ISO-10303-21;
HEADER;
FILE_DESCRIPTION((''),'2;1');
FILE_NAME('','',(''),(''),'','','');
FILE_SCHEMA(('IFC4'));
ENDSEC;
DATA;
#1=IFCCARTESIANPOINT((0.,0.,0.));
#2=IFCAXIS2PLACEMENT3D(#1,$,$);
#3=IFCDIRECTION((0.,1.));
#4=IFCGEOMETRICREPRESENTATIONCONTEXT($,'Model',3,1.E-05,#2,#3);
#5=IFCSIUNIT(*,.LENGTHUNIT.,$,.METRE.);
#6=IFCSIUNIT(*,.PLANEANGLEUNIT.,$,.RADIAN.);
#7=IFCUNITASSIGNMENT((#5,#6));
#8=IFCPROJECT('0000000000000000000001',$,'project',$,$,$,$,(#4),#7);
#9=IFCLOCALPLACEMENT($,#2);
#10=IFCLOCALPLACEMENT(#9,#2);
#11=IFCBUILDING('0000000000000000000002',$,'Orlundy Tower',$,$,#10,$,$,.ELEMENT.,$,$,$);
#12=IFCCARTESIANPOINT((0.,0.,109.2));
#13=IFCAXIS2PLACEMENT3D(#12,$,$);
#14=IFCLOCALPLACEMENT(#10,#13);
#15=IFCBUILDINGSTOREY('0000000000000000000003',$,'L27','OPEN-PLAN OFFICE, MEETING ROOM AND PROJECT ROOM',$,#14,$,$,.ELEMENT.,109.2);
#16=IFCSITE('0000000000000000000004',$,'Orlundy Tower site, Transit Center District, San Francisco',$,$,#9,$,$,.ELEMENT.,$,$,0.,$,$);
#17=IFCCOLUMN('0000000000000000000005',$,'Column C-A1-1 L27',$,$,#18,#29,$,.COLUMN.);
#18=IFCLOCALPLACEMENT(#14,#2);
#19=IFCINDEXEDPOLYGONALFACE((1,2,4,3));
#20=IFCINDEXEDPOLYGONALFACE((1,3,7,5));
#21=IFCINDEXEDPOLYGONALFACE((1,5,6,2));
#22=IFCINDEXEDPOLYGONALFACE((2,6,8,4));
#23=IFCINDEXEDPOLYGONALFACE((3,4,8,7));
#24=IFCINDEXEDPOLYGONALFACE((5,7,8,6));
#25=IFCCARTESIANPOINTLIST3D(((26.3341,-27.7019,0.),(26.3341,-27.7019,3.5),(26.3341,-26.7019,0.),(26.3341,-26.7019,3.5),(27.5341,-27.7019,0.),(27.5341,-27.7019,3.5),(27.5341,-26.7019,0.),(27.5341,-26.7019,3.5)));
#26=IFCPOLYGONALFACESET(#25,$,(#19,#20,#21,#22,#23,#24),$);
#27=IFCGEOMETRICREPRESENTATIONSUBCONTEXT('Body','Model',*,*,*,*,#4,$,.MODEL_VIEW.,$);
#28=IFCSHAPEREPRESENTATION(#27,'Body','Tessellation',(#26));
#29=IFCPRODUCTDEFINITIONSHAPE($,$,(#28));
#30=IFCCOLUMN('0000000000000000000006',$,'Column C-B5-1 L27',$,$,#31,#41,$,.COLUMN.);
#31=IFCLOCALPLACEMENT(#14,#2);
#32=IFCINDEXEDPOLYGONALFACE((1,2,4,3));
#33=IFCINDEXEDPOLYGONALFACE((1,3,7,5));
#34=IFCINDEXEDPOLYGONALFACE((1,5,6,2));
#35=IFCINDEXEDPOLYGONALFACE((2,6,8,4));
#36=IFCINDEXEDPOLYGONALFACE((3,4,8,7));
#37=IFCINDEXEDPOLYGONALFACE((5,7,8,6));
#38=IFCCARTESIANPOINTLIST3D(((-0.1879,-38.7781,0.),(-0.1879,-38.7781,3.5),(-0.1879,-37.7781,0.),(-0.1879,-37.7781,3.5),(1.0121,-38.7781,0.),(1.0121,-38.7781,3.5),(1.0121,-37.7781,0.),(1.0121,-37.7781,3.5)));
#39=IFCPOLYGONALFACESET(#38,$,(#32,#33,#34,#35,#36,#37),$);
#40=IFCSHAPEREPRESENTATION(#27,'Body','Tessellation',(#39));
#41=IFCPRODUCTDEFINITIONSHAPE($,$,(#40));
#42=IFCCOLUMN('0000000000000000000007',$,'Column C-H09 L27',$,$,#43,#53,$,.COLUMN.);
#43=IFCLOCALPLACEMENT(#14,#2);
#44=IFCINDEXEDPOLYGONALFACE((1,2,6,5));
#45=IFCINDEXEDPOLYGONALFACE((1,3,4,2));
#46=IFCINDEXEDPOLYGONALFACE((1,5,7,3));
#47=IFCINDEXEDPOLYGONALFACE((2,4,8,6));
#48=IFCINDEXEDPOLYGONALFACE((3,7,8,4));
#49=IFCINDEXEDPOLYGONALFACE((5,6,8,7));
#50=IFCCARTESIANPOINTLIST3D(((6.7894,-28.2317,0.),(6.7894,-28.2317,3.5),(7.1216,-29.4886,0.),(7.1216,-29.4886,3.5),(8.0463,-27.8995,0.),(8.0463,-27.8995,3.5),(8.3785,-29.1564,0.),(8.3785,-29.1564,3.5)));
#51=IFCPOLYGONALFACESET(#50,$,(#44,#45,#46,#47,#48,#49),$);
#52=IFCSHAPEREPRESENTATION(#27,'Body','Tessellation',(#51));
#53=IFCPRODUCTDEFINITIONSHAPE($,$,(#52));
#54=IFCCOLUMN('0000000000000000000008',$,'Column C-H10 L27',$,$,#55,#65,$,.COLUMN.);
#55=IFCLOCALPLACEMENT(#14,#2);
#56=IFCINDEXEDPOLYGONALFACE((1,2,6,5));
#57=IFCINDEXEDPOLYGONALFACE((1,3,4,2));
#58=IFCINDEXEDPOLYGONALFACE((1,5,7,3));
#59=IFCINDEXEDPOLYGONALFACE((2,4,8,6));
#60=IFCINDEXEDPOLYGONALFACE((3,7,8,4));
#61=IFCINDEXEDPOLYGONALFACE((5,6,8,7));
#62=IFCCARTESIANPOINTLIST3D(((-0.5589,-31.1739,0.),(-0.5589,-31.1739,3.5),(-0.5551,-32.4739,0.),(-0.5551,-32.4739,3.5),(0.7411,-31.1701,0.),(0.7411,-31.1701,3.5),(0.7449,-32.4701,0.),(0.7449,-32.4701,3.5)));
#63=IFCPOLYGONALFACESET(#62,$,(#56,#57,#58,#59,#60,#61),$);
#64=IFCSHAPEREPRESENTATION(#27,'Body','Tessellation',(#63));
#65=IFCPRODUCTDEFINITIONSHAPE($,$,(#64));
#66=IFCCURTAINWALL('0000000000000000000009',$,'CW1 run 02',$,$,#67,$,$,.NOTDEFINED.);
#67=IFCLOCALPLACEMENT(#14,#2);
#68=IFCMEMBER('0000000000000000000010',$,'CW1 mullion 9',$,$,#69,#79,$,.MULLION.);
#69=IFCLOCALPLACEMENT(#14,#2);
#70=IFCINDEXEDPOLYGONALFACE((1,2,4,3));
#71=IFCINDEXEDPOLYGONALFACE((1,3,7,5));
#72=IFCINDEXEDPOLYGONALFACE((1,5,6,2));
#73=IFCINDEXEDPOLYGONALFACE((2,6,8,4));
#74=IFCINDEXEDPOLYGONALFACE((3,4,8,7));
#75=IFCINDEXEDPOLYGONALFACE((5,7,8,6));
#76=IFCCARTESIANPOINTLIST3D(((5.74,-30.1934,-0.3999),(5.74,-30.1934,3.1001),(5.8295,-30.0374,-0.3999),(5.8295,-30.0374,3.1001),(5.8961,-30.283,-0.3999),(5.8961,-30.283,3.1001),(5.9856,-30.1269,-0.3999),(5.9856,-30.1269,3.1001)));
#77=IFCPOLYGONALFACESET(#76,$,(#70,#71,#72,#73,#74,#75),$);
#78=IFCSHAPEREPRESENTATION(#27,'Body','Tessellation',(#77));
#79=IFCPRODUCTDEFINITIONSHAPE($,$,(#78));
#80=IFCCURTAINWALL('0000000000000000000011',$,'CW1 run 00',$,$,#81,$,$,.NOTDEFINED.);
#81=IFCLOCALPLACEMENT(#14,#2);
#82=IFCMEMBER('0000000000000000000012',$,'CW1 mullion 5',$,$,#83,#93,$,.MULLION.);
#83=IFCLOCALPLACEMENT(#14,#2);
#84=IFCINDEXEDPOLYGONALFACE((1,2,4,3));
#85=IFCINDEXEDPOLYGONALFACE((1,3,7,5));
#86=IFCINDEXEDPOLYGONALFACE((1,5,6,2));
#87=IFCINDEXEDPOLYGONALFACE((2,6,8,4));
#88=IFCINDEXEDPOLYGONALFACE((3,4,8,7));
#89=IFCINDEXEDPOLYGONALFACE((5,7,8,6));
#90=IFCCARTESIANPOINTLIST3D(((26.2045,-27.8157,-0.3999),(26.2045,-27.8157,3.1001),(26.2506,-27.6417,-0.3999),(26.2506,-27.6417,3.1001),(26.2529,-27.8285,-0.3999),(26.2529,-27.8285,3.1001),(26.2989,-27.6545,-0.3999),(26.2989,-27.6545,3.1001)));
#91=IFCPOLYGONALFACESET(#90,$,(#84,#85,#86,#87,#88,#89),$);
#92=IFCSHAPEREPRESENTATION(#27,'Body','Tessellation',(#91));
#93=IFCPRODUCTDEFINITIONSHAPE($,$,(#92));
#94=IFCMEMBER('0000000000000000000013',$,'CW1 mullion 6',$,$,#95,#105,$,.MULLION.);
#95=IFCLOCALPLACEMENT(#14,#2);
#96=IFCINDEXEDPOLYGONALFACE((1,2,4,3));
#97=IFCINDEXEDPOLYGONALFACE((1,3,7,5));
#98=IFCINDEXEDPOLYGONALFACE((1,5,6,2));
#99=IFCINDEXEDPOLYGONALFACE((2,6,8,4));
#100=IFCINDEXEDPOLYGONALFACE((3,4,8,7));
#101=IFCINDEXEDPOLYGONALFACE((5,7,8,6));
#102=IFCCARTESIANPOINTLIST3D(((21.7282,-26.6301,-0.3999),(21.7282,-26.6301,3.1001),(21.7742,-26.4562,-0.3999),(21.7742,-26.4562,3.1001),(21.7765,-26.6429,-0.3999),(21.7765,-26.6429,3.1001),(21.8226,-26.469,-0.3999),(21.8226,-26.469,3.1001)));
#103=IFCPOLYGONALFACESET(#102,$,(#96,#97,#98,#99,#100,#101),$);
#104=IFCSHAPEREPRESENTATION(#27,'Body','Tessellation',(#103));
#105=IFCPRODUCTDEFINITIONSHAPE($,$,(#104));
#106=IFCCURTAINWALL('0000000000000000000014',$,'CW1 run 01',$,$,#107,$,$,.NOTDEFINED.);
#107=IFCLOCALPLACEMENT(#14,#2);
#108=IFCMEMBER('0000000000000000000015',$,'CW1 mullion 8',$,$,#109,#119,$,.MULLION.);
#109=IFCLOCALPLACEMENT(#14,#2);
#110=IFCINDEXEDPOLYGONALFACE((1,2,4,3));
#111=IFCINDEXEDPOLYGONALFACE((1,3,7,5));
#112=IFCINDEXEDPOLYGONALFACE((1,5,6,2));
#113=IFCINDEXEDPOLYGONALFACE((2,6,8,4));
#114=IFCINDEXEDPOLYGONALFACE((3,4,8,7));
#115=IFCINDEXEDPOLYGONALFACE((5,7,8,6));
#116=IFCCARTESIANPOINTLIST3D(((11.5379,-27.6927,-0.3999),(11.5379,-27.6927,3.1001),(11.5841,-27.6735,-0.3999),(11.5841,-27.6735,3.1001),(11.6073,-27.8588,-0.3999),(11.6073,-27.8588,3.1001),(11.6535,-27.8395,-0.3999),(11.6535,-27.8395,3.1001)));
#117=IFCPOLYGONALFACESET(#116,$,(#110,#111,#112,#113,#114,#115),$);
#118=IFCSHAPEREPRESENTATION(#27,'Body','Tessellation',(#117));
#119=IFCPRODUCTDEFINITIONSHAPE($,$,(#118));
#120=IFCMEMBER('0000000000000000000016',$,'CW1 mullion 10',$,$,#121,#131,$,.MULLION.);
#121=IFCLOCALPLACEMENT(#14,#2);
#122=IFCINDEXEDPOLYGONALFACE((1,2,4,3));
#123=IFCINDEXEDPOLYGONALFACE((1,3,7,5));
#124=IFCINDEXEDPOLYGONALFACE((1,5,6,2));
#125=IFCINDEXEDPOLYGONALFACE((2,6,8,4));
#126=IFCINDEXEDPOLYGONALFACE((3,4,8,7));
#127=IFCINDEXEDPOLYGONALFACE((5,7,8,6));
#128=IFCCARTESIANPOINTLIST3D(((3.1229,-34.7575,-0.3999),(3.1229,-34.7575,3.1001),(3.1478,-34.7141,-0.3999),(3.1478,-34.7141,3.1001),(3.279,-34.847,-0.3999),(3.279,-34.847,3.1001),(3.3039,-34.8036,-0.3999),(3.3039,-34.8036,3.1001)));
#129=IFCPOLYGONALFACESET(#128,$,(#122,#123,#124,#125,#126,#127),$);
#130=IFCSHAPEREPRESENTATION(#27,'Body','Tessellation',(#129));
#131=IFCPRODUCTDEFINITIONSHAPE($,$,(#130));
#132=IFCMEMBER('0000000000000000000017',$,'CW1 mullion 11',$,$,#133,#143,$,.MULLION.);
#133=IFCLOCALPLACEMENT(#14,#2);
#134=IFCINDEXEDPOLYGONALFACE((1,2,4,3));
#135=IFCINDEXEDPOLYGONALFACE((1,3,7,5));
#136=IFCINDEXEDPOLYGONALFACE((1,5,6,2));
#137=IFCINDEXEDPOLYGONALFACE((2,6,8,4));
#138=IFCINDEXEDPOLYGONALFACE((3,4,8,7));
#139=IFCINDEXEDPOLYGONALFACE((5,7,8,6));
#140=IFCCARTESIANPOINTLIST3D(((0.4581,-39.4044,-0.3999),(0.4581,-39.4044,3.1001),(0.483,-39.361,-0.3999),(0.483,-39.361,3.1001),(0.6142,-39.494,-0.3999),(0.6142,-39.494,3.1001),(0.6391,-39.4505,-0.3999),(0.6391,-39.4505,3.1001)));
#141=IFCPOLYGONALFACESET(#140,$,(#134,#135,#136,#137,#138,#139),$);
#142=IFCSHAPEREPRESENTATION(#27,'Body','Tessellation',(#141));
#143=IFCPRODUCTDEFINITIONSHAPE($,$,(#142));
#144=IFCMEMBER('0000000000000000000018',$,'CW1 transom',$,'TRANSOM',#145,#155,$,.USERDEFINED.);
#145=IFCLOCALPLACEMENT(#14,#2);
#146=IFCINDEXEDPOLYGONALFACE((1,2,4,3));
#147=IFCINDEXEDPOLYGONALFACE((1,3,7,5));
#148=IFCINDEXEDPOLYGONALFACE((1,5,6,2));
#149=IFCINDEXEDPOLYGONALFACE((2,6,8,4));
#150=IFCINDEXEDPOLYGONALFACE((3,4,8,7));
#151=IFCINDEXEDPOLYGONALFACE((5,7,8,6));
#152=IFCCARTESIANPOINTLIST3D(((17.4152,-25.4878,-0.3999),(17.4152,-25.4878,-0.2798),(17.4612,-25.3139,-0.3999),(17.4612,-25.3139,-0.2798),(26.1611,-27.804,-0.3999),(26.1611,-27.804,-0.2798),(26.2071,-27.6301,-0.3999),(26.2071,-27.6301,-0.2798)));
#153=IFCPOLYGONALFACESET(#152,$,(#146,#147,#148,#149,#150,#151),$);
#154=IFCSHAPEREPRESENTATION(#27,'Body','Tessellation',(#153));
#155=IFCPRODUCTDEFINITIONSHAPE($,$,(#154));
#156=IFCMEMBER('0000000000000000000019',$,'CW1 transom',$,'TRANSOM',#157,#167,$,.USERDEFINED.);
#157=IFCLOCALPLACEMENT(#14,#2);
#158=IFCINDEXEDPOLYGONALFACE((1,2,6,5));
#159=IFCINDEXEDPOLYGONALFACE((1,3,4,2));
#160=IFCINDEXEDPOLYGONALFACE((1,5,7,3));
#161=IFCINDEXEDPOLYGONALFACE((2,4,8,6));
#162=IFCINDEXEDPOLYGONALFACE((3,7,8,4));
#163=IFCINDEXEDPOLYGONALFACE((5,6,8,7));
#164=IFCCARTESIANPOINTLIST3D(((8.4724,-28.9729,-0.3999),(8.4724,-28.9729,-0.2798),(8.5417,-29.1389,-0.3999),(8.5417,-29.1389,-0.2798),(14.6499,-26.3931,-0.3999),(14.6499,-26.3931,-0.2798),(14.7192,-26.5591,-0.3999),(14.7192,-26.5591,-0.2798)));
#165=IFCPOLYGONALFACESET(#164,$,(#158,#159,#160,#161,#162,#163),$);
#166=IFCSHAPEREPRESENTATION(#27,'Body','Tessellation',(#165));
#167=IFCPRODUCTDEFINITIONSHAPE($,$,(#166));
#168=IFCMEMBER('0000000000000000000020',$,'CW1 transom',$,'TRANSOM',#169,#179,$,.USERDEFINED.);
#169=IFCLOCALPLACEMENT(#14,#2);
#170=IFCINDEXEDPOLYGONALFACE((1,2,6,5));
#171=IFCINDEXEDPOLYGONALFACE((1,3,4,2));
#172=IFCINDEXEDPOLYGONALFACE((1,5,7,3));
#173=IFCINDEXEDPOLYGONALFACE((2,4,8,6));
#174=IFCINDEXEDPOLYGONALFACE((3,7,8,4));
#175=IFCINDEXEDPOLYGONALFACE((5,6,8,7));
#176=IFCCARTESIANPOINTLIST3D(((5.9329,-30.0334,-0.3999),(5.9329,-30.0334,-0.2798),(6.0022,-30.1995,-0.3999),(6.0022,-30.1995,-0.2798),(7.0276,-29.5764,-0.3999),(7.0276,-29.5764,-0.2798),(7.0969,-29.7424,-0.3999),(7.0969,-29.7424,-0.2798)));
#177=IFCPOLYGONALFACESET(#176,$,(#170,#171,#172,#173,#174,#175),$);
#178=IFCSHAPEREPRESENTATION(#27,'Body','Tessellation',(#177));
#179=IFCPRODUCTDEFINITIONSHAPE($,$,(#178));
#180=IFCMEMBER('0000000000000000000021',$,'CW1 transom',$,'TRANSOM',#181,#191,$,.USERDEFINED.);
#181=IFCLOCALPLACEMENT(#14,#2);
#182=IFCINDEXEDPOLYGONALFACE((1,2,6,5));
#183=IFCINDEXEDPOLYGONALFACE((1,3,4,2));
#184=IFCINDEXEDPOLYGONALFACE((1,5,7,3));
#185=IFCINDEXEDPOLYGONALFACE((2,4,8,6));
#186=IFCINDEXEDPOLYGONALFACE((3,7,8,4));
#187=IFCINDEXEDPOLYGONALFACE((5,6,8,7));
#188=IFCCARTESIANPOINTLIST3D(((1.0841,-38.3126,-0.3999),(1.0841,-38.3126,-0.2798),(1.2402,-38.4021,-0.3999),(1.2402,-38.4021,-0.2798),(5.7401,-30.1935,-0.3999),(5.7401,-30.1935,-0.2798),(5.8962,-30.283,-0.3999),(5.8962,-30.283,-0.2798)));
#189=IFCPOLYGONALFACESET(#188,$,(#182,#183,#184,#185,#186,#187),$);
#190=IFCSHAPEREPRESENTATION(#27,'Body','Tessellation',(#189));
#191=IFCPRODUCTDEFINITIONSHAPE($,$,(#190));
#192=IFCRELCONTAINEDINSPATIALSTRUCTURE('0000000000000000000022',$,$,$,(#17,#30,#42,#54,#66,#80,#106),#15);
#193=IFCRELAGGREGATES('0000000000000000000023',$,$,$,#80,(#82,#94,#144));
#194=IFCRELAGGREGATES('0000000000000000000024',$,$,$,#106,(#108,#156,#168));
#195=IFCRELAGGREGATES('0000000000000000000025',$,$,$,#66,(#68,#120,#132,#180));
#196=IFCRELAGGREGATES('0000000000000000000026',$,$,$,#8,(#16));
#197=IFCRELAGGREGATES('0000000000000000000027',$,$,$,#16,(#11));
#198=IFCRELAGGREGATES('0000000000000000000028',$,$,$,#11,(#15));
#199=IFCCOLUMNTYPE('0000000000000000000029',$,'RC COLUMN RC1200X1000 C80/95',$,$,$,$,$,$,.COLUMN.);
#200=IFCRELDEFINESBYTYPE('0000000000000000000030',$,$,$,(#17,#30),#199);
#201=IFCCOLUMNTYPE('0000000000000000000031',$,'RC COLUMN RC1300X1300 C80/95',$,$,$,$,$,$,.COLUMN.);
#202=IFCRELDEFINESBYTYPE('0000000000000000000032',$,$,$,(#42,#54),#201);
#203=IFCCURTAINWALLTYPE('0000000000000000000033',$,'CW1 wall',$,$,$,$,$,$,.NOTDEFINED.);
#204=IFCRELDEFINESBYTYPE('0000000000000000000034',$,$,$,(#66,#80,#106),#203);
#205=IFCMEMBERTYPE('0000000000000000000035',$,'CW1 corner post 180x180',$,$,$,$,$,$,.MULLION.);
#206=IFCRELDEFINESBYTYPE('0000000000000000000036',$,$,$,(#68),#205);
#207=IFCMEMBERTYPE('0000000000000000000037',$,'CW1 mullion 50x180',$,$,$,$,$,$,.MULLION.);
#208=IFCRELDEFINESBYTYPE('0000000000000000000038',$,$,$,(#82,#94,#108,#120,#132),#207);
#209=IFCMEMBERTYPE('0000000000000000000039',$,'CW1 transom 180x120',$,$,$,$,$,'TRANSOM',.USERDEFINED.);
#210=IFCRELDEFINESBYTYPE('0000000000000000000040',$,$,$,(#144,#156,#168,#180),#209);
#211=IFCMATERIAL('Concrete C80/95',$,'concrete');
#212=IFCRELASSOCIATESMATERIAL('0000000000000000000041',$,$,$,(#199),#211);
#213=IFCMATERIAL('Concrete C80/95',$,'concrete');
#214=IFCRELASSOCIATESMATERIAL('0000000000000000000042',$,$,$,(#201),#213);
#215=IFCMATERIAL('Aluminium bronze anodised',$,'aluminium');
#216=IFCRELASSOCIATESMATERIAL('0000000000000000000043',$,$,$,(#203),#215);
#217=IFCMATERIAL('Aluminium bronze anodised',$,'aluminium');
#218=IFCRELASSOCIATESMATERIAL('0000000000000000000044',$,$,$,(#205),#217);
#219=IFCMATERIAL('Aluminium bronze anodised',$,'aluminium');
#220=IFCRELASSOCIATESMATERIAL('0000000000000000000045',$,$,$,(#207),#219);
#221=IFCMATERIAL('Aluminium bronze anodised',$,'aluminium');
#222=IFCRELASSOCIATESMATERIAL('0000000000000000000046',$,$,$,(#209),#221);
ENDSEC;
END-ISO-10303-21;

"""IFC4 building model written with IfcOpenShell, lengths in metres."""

from ifc_helpers import new_model, si_unit, direction, frame, origin, origin_2d, place, context, subcontext, project, spatial, rectangle, extrude, material, material_profile, profile_set, type_object, element, aggregate, save


model = new_model("IFC4")

# Units and contexts
model_context = context("Model", 3, precision=1e-05, world=origin(), true_north=direction((0.0, 1.0)))
body_context = subcontext(model_context, "Body", "Model", "MODEL_VIEW")
ifc_project = project(units=[si_unit("LENGTHUNIT", "METRE"), si_unit("PLANEANGLEUNIT", "RADIAN")], contexts=[model_context])

# Site, building, storey
site_placement = place(None, origin())
site = spatial("IfcSite", under=ifc_project, at=site_placement, Name="Orlundy Tower site, Transit Center District, San Francisco", CompositionType="ELEMENT", RefElevation=0.0)
building_placement = place(site_placement, origin())
building = spatial("IfcBuilding", under=site, at=building_placement, Name="Orlundy Tower", CompositionType="ELEMENT")
storey_placement = place(building_placement, frame((0.0, 0.0, 109.2)))
storey = spatial("IfcBuildingStorey", under=building, at=storey_placement, Name="L27", Description="OPEN-PLAN OFFICE, MEETING ROOM AND PROJECT ROOM", CompositionType="ELEMENT", Elevation=109.2)

# Columns
ifc_material_1 = material(Name="Concrete C80/95", Category="concrete")
ifc_material_profile_1 = material_profile(ifc_material_1, rectangle(XDim=1.2, YDim=1.0, at=origin_2d()), Name="RC1200X1000")
ifc_profile_set_1 = profile_set([ifc_material_profile_1], Name="Concrete C80/95")
column_type_1 = type_object("IfcColumnType", Name="RC COLUMN RC1200X1000 C80/95", PredefinedType="COLUMN", material=ifc_profile_set_1)
for number, where, z_axis, x_axis, name in (
    (1, (26.9341, -27.2019, 0.0), (0.0, 0.0, 1.0), (1.0, 0.0, 0.0), "Column C-A1-1 L27"),
    (2, (0.4121, -38.2781, 0.0), (0.0, 0.0, 1.0), (1.0, 0.0, 0.0), "Column C-B5-1 L27"),
):
    element("IfcColumn", number, at=place(storey_placement, frame(where, z_axis=z_axis, x_axis=x_axis)), inside=storey, type_object=column_type_1, Name=name, PredefinedType="COLUMN", context=body_context, shape_type="SweptSolid", body=[
        extrude(rectangle(XDim=1.2, YDim=1.0, at=origin_2d()), origin(), (0.0, 0.0, 1.0), 3.5),
    ])
ifc_material_2 = material(Name="Concrete C80/95", Category="concrete")
ifc_material_profile_2 = material_profile(ifc_material_2, rectangle(XDim=1.3, YDim=1.3, at=origin_2d()), Name="RC1300X1300")
ifc_profile_set_2 = profile_set([ifc_material_profile_2], Name="Concrete C80/95")
column_type_2 = type_object("IfcColumnType", Name="RC COLUMN RC1300X1300 C80/95", PredefinedType="COLUMN", material=ifc_profile_set_2)
for number, where, z_axis, x_axis, name in (
    (3, (7.584, -28.6941, 0.0), (0.0, 0.0, 1.0), (0.25553, -0.966801, 0.0), "Column C-H09 L27"),
    (4, (0.093, -31.822, 0.0), (0.0, 0.0, 1.0), (0.002915, -0.999996, 0.0), "Column C-H10 L27"),
):
    element("IfcColumn", number, at=place(storey_placement, frame(where, z_axis=z_axis, x_axis=x_axis)), inside=storey, type_object=column_type_2, Name=name, PredefinedType="COLUMN", context=body_context, shape_type="SweptSolid", body=[
        extrude(rectangle(XDim=1.3, YDim=1.3, at=origin_2d()), origin(), (0.0, 0.0, 1.0), 3.5),
    ])

# Curtain wall, member
ifc_material_3 = material(Name="Aluminium bronze anodised", Category="aluminium")
curtain_wall_type = type_object("IfcCurtainWallType", Name="CW1 wall", PredefinedType="NOTDEFINED", material=ifc_material_3)
curtain_wall_1_placement = place(storey_placement, origin())
curtain_wall_1 = element("IfcCurtainWall", 5, at=curtain_wall_1_placement, inside=storey, type_object=curtain_wall_type, Name="CW1 run 02", PredefinedType="NOTDEFINED")
ifc_material_4 = material(Name="Aluminium bronze anodised", Category="aluminium")
ifc_material_profile_3 = material_profile(ifc_material_4, rectangle(XDim=0.1799, YDim=0.1799, at=origin_2d()), Name="CW1 corner post 180x180")
ifc_profile_set_3 = profile_set([ifc_material_profile_3], Name="Aluminium bronze anodised")
member_type_1 = type_object("IfcMemberType", Name="CW1 corner post 180x180", PredefinedType="MULLION", material=ifc_profile_set_3)
member_1_placement = place(storey_placement, frame((5.8628, -30.1602, -0.3999), z_axis=(0.0, 0.0, 1.0), x_axis=(0.867479, -0.497473, 0.0)))
member_1 = element("IfcMember", 6, at=member_1_placement, type_object=member_type_1, Name="CW1 mullion 9", PredefinedType="MULLION", context=body_context, shape_type="SweptSolid", body=[
    extrude(rectangle(XDim=0.1799, YDim=0.1799, at=origin_2d()), origin(), (0.0, 0.0, 1.0), 3.5),
])

# Curtain wall, members
curtain_wall_2_placement = place(storey_placement, origin())
curtain_wall_2 = element("IfcCurtainWall", 7, at=curtain_wall_2_placement, inside=storey, type_object=curtain_wall_type, Name="CW1 run 00", PredefinedType="NOTDEFINED")
ifc_material_5 = material(Name="Aluminium bronze anodised", Category="aluminium")
ifc_material_profile_4 = material_profile(ifc_material_5, rectangle(XDim=0.1799, YDim=0.05, at=origin_2d()), Name="CW1 mullion 50x180")
ifc_profile_set_4 = profile_set([ifc_material_profile_4], Name="Aluminium bronze anodised")
member_type_2 = type_object("IfcMemberType", Name="CW1 mullion 50x180", PredefinedType="MULLION", material=ifc_profile_set_4)
member_2_placement = place(storey_placement, frame((26.2517, -27.7351, -0.3999), z_axis=(0.0, 0.0, 1.0), x_axis=(-0.256011, -0.966674, 0.0)))
member_2 = element("IfcMember", 8, at=member_2_placement, type_object=member_type_2, Name="CW1 mullion 5", PredefinedType="MULLION", context=body_context, shape_type="SweptSolid", body=[
    extrude(rectangle(XDim=0.1799, YDim=0.05, at=origin_2d()), origin(), (0.0, 0.0, 1.0), 3.5),
])
member_3_placement = place(storey_placement, frame((21.7754, -26.5496, -0.3999), z_axis=(0.0, 0.0, 1.0), x_axis=(-0.256011, -0.966674, 0.0)))
member_3 = element("IfcMember", 9, at=member_3_placement, type_object=member_type_2, Name="CW1 mullion 6", PredefinedType="MULLION", context=body_context, shape_type="SweptSolid", body=[
    extrude(rectangle(XDim=0.1799, YDim=0.05, at=origin_2d()), origin(), (0.0, 0.0, 1.0), 3.5),
])

# Curtain wall, member
curtain_wall_3_placement = place(storey_placement, origin())
curtain_wall_3 = element("IfcCurtainWall", 10, at=curtain_wall_3_placement, inside=storey, type_object=curtain_wall_type, Name="CW1 run 01", PredefinedType="NOTDEFINED")
member_4_placement = place(storey_placement, frame((11.5957, -27.7661, -0.3999), z_axis=(0.0, 0.0, 1.0), x_axis=(0.385377, -0.922759, 0.0)))
member_4 = element("IfcMember", 11, at=member_4_placement, type_object=member_type_2, Name="CW1 mullion 8", PredefinedType="MULLION", context=body_context, shape_type="SweptSolid", body=[
    extrude(rectangle(XDim=0.1799, YDim=0.05, at=origin_2d()), origin(), (0.0, 0.0, 1.0), 3.5),
])

# Members
member_5_placement = place(storey_placement, frame((3.2134, -34.7805, -0.3999), z_axis=(0.0, 0.0, 1.0), x_axis=(0.867479, -0.497473, 0.0)))
member_5 = element("IfcMember", 12, at=member_5_placement, type_object=member_type_2, Name="CW1 mullion 10", PredefinedType="MULLION", context=body_context, shape_type="SweptSolid", body=[
    extrude(rectangle(XDim=0.1799, YDim=0.05, at=origin_2d()), origin(), (0.0, 0.0, 1.0), 3.5),
])
member_6_placement = place(storey_placement, frame((0.5486, -39.4275, -0.3999), z_axis=(0.0, 0.0, 1.0), x_axis=(0.867479, -0.497473, 0.0)))
member_6 = element("IfcMember", 13, at=member_6_placement, type_object=member_type_2, Name="CW1 mullion 11", PredefinedType="MULLION", context=body_context, shape_type="SweptSolid", body=[
    extrude(rectangle(XDim=0.1799, YDim=0.05, at=origin_2d()), origin(), (0.0, 0.0, 1.0), 3.5),
])
ifc_material_6 = material(Name="Aluminium bronze anodised", Category="aluminium")
ifc_material_profile_5 = material_profile(ifc_material_6, rectangle(XDim=0.1799, YDim=0.1201, at=origin_2d()), Name="CW1 transom 180x120")
ifc_profile_set_5 = profile_set([ifc_material_profile_5], Name="Aluminium bronze anodised")
member_type_3 = type_object("IfcMemberType", Name="CW1 transom 180x120", ElementType="TRANSOM", PredefinedType="USERDEFINED", material=ifc_profile_set_5)
member_7_placement = place(storey_placement, frame((26.1841, -27.717, -0.3398), z_axis=(-0.966676, 0.256005, 0.0), x_axis=(-0.256005, -0.966676, 0.0)))
member_7 = element("IfcMember", 14, at=member_7_placement, type_object=member_type_3, Name="CW1 transom", ObjectType="TRANSOM", PredefinedType="USERDEFINED", context=body_context, shape_type="SweptSolid", body=[
    extrude(rectangle(XDim=0.1799, YDim=0.1201, at=origin_2d()), origin(), (0.0, 0.0, 1.0), 9.0474),
])
member_8_placement = place(storey_placement, frame((14.6846, -26.4761, -0.3398), z_axis=(-0.922765, -0.385364, 0.0), x_axis=(0.385364, -0.922765, 0.0)))
member_8 = element("IfcMember", 15, at=member_8_placement, type_object=member_type_3, Name="CW1 transom", ObjectType="TRANSOM", PredefinedType="USERDEFINED", context=body_context, shape_type="SweptSolid", body=[
    extrude(rectangle(XDim=0.1799, YDim=0.1201, at=origin_2d()), origin(), (0.0, 0.0, 1.0), 6.6946),
])
member_9_placement = place(storey_placement, frame((7.0623, -29.6594, -0.3398), z_axis=(-0.922809, -0.385258, 0.0), x_axis=(0.385258, -0.922809, 0.0)))
member_9 = element("IfcMember", 16, at=member_9_placement, type_object=member_type_3, Name="CW1 transom", ObjectType="TRANSOM", PredefinedType="USERDEFINED", context=body_context, shape_type="SweptSolid", body=[
    extrude(rectangle(XDim=0.1799, YDim=0.1201, at=origin_2d()), origin(), (0.0, 0.0, 1.0), 1.1863),
])
member_10_placement = place(storey_placement, frame((5.8181, -30.2383, -0.3398), z_axis=(-0.497467, -0.867483, 0.0), x_axis=(0.867483, -0.497467, 0.0)))
member_10 = element("IfcMember", 17, at=member_10_placement, type_object=member_type_3, Name="CW1 transom", ObjectType="TRANSOM", PredefinedType="USERDEFINED", context=body_context, shape_type="SweptSolid", body=[
    extrude(rectangle(XDim=0.1799, YDim=0.1201, at=origin_2d()), origin(), (0.0, 0.0, 1.0), 9.3594),
])

aggregate(curtain_wall_2, [member_2, member_3, member_7])
aggregate(curtain_wall_3, [member_4, member_8, member_9])
aggregate(curtain_wall_1, [member_1, member_5, member_6, member_10])

save(model, "model.ifc")
